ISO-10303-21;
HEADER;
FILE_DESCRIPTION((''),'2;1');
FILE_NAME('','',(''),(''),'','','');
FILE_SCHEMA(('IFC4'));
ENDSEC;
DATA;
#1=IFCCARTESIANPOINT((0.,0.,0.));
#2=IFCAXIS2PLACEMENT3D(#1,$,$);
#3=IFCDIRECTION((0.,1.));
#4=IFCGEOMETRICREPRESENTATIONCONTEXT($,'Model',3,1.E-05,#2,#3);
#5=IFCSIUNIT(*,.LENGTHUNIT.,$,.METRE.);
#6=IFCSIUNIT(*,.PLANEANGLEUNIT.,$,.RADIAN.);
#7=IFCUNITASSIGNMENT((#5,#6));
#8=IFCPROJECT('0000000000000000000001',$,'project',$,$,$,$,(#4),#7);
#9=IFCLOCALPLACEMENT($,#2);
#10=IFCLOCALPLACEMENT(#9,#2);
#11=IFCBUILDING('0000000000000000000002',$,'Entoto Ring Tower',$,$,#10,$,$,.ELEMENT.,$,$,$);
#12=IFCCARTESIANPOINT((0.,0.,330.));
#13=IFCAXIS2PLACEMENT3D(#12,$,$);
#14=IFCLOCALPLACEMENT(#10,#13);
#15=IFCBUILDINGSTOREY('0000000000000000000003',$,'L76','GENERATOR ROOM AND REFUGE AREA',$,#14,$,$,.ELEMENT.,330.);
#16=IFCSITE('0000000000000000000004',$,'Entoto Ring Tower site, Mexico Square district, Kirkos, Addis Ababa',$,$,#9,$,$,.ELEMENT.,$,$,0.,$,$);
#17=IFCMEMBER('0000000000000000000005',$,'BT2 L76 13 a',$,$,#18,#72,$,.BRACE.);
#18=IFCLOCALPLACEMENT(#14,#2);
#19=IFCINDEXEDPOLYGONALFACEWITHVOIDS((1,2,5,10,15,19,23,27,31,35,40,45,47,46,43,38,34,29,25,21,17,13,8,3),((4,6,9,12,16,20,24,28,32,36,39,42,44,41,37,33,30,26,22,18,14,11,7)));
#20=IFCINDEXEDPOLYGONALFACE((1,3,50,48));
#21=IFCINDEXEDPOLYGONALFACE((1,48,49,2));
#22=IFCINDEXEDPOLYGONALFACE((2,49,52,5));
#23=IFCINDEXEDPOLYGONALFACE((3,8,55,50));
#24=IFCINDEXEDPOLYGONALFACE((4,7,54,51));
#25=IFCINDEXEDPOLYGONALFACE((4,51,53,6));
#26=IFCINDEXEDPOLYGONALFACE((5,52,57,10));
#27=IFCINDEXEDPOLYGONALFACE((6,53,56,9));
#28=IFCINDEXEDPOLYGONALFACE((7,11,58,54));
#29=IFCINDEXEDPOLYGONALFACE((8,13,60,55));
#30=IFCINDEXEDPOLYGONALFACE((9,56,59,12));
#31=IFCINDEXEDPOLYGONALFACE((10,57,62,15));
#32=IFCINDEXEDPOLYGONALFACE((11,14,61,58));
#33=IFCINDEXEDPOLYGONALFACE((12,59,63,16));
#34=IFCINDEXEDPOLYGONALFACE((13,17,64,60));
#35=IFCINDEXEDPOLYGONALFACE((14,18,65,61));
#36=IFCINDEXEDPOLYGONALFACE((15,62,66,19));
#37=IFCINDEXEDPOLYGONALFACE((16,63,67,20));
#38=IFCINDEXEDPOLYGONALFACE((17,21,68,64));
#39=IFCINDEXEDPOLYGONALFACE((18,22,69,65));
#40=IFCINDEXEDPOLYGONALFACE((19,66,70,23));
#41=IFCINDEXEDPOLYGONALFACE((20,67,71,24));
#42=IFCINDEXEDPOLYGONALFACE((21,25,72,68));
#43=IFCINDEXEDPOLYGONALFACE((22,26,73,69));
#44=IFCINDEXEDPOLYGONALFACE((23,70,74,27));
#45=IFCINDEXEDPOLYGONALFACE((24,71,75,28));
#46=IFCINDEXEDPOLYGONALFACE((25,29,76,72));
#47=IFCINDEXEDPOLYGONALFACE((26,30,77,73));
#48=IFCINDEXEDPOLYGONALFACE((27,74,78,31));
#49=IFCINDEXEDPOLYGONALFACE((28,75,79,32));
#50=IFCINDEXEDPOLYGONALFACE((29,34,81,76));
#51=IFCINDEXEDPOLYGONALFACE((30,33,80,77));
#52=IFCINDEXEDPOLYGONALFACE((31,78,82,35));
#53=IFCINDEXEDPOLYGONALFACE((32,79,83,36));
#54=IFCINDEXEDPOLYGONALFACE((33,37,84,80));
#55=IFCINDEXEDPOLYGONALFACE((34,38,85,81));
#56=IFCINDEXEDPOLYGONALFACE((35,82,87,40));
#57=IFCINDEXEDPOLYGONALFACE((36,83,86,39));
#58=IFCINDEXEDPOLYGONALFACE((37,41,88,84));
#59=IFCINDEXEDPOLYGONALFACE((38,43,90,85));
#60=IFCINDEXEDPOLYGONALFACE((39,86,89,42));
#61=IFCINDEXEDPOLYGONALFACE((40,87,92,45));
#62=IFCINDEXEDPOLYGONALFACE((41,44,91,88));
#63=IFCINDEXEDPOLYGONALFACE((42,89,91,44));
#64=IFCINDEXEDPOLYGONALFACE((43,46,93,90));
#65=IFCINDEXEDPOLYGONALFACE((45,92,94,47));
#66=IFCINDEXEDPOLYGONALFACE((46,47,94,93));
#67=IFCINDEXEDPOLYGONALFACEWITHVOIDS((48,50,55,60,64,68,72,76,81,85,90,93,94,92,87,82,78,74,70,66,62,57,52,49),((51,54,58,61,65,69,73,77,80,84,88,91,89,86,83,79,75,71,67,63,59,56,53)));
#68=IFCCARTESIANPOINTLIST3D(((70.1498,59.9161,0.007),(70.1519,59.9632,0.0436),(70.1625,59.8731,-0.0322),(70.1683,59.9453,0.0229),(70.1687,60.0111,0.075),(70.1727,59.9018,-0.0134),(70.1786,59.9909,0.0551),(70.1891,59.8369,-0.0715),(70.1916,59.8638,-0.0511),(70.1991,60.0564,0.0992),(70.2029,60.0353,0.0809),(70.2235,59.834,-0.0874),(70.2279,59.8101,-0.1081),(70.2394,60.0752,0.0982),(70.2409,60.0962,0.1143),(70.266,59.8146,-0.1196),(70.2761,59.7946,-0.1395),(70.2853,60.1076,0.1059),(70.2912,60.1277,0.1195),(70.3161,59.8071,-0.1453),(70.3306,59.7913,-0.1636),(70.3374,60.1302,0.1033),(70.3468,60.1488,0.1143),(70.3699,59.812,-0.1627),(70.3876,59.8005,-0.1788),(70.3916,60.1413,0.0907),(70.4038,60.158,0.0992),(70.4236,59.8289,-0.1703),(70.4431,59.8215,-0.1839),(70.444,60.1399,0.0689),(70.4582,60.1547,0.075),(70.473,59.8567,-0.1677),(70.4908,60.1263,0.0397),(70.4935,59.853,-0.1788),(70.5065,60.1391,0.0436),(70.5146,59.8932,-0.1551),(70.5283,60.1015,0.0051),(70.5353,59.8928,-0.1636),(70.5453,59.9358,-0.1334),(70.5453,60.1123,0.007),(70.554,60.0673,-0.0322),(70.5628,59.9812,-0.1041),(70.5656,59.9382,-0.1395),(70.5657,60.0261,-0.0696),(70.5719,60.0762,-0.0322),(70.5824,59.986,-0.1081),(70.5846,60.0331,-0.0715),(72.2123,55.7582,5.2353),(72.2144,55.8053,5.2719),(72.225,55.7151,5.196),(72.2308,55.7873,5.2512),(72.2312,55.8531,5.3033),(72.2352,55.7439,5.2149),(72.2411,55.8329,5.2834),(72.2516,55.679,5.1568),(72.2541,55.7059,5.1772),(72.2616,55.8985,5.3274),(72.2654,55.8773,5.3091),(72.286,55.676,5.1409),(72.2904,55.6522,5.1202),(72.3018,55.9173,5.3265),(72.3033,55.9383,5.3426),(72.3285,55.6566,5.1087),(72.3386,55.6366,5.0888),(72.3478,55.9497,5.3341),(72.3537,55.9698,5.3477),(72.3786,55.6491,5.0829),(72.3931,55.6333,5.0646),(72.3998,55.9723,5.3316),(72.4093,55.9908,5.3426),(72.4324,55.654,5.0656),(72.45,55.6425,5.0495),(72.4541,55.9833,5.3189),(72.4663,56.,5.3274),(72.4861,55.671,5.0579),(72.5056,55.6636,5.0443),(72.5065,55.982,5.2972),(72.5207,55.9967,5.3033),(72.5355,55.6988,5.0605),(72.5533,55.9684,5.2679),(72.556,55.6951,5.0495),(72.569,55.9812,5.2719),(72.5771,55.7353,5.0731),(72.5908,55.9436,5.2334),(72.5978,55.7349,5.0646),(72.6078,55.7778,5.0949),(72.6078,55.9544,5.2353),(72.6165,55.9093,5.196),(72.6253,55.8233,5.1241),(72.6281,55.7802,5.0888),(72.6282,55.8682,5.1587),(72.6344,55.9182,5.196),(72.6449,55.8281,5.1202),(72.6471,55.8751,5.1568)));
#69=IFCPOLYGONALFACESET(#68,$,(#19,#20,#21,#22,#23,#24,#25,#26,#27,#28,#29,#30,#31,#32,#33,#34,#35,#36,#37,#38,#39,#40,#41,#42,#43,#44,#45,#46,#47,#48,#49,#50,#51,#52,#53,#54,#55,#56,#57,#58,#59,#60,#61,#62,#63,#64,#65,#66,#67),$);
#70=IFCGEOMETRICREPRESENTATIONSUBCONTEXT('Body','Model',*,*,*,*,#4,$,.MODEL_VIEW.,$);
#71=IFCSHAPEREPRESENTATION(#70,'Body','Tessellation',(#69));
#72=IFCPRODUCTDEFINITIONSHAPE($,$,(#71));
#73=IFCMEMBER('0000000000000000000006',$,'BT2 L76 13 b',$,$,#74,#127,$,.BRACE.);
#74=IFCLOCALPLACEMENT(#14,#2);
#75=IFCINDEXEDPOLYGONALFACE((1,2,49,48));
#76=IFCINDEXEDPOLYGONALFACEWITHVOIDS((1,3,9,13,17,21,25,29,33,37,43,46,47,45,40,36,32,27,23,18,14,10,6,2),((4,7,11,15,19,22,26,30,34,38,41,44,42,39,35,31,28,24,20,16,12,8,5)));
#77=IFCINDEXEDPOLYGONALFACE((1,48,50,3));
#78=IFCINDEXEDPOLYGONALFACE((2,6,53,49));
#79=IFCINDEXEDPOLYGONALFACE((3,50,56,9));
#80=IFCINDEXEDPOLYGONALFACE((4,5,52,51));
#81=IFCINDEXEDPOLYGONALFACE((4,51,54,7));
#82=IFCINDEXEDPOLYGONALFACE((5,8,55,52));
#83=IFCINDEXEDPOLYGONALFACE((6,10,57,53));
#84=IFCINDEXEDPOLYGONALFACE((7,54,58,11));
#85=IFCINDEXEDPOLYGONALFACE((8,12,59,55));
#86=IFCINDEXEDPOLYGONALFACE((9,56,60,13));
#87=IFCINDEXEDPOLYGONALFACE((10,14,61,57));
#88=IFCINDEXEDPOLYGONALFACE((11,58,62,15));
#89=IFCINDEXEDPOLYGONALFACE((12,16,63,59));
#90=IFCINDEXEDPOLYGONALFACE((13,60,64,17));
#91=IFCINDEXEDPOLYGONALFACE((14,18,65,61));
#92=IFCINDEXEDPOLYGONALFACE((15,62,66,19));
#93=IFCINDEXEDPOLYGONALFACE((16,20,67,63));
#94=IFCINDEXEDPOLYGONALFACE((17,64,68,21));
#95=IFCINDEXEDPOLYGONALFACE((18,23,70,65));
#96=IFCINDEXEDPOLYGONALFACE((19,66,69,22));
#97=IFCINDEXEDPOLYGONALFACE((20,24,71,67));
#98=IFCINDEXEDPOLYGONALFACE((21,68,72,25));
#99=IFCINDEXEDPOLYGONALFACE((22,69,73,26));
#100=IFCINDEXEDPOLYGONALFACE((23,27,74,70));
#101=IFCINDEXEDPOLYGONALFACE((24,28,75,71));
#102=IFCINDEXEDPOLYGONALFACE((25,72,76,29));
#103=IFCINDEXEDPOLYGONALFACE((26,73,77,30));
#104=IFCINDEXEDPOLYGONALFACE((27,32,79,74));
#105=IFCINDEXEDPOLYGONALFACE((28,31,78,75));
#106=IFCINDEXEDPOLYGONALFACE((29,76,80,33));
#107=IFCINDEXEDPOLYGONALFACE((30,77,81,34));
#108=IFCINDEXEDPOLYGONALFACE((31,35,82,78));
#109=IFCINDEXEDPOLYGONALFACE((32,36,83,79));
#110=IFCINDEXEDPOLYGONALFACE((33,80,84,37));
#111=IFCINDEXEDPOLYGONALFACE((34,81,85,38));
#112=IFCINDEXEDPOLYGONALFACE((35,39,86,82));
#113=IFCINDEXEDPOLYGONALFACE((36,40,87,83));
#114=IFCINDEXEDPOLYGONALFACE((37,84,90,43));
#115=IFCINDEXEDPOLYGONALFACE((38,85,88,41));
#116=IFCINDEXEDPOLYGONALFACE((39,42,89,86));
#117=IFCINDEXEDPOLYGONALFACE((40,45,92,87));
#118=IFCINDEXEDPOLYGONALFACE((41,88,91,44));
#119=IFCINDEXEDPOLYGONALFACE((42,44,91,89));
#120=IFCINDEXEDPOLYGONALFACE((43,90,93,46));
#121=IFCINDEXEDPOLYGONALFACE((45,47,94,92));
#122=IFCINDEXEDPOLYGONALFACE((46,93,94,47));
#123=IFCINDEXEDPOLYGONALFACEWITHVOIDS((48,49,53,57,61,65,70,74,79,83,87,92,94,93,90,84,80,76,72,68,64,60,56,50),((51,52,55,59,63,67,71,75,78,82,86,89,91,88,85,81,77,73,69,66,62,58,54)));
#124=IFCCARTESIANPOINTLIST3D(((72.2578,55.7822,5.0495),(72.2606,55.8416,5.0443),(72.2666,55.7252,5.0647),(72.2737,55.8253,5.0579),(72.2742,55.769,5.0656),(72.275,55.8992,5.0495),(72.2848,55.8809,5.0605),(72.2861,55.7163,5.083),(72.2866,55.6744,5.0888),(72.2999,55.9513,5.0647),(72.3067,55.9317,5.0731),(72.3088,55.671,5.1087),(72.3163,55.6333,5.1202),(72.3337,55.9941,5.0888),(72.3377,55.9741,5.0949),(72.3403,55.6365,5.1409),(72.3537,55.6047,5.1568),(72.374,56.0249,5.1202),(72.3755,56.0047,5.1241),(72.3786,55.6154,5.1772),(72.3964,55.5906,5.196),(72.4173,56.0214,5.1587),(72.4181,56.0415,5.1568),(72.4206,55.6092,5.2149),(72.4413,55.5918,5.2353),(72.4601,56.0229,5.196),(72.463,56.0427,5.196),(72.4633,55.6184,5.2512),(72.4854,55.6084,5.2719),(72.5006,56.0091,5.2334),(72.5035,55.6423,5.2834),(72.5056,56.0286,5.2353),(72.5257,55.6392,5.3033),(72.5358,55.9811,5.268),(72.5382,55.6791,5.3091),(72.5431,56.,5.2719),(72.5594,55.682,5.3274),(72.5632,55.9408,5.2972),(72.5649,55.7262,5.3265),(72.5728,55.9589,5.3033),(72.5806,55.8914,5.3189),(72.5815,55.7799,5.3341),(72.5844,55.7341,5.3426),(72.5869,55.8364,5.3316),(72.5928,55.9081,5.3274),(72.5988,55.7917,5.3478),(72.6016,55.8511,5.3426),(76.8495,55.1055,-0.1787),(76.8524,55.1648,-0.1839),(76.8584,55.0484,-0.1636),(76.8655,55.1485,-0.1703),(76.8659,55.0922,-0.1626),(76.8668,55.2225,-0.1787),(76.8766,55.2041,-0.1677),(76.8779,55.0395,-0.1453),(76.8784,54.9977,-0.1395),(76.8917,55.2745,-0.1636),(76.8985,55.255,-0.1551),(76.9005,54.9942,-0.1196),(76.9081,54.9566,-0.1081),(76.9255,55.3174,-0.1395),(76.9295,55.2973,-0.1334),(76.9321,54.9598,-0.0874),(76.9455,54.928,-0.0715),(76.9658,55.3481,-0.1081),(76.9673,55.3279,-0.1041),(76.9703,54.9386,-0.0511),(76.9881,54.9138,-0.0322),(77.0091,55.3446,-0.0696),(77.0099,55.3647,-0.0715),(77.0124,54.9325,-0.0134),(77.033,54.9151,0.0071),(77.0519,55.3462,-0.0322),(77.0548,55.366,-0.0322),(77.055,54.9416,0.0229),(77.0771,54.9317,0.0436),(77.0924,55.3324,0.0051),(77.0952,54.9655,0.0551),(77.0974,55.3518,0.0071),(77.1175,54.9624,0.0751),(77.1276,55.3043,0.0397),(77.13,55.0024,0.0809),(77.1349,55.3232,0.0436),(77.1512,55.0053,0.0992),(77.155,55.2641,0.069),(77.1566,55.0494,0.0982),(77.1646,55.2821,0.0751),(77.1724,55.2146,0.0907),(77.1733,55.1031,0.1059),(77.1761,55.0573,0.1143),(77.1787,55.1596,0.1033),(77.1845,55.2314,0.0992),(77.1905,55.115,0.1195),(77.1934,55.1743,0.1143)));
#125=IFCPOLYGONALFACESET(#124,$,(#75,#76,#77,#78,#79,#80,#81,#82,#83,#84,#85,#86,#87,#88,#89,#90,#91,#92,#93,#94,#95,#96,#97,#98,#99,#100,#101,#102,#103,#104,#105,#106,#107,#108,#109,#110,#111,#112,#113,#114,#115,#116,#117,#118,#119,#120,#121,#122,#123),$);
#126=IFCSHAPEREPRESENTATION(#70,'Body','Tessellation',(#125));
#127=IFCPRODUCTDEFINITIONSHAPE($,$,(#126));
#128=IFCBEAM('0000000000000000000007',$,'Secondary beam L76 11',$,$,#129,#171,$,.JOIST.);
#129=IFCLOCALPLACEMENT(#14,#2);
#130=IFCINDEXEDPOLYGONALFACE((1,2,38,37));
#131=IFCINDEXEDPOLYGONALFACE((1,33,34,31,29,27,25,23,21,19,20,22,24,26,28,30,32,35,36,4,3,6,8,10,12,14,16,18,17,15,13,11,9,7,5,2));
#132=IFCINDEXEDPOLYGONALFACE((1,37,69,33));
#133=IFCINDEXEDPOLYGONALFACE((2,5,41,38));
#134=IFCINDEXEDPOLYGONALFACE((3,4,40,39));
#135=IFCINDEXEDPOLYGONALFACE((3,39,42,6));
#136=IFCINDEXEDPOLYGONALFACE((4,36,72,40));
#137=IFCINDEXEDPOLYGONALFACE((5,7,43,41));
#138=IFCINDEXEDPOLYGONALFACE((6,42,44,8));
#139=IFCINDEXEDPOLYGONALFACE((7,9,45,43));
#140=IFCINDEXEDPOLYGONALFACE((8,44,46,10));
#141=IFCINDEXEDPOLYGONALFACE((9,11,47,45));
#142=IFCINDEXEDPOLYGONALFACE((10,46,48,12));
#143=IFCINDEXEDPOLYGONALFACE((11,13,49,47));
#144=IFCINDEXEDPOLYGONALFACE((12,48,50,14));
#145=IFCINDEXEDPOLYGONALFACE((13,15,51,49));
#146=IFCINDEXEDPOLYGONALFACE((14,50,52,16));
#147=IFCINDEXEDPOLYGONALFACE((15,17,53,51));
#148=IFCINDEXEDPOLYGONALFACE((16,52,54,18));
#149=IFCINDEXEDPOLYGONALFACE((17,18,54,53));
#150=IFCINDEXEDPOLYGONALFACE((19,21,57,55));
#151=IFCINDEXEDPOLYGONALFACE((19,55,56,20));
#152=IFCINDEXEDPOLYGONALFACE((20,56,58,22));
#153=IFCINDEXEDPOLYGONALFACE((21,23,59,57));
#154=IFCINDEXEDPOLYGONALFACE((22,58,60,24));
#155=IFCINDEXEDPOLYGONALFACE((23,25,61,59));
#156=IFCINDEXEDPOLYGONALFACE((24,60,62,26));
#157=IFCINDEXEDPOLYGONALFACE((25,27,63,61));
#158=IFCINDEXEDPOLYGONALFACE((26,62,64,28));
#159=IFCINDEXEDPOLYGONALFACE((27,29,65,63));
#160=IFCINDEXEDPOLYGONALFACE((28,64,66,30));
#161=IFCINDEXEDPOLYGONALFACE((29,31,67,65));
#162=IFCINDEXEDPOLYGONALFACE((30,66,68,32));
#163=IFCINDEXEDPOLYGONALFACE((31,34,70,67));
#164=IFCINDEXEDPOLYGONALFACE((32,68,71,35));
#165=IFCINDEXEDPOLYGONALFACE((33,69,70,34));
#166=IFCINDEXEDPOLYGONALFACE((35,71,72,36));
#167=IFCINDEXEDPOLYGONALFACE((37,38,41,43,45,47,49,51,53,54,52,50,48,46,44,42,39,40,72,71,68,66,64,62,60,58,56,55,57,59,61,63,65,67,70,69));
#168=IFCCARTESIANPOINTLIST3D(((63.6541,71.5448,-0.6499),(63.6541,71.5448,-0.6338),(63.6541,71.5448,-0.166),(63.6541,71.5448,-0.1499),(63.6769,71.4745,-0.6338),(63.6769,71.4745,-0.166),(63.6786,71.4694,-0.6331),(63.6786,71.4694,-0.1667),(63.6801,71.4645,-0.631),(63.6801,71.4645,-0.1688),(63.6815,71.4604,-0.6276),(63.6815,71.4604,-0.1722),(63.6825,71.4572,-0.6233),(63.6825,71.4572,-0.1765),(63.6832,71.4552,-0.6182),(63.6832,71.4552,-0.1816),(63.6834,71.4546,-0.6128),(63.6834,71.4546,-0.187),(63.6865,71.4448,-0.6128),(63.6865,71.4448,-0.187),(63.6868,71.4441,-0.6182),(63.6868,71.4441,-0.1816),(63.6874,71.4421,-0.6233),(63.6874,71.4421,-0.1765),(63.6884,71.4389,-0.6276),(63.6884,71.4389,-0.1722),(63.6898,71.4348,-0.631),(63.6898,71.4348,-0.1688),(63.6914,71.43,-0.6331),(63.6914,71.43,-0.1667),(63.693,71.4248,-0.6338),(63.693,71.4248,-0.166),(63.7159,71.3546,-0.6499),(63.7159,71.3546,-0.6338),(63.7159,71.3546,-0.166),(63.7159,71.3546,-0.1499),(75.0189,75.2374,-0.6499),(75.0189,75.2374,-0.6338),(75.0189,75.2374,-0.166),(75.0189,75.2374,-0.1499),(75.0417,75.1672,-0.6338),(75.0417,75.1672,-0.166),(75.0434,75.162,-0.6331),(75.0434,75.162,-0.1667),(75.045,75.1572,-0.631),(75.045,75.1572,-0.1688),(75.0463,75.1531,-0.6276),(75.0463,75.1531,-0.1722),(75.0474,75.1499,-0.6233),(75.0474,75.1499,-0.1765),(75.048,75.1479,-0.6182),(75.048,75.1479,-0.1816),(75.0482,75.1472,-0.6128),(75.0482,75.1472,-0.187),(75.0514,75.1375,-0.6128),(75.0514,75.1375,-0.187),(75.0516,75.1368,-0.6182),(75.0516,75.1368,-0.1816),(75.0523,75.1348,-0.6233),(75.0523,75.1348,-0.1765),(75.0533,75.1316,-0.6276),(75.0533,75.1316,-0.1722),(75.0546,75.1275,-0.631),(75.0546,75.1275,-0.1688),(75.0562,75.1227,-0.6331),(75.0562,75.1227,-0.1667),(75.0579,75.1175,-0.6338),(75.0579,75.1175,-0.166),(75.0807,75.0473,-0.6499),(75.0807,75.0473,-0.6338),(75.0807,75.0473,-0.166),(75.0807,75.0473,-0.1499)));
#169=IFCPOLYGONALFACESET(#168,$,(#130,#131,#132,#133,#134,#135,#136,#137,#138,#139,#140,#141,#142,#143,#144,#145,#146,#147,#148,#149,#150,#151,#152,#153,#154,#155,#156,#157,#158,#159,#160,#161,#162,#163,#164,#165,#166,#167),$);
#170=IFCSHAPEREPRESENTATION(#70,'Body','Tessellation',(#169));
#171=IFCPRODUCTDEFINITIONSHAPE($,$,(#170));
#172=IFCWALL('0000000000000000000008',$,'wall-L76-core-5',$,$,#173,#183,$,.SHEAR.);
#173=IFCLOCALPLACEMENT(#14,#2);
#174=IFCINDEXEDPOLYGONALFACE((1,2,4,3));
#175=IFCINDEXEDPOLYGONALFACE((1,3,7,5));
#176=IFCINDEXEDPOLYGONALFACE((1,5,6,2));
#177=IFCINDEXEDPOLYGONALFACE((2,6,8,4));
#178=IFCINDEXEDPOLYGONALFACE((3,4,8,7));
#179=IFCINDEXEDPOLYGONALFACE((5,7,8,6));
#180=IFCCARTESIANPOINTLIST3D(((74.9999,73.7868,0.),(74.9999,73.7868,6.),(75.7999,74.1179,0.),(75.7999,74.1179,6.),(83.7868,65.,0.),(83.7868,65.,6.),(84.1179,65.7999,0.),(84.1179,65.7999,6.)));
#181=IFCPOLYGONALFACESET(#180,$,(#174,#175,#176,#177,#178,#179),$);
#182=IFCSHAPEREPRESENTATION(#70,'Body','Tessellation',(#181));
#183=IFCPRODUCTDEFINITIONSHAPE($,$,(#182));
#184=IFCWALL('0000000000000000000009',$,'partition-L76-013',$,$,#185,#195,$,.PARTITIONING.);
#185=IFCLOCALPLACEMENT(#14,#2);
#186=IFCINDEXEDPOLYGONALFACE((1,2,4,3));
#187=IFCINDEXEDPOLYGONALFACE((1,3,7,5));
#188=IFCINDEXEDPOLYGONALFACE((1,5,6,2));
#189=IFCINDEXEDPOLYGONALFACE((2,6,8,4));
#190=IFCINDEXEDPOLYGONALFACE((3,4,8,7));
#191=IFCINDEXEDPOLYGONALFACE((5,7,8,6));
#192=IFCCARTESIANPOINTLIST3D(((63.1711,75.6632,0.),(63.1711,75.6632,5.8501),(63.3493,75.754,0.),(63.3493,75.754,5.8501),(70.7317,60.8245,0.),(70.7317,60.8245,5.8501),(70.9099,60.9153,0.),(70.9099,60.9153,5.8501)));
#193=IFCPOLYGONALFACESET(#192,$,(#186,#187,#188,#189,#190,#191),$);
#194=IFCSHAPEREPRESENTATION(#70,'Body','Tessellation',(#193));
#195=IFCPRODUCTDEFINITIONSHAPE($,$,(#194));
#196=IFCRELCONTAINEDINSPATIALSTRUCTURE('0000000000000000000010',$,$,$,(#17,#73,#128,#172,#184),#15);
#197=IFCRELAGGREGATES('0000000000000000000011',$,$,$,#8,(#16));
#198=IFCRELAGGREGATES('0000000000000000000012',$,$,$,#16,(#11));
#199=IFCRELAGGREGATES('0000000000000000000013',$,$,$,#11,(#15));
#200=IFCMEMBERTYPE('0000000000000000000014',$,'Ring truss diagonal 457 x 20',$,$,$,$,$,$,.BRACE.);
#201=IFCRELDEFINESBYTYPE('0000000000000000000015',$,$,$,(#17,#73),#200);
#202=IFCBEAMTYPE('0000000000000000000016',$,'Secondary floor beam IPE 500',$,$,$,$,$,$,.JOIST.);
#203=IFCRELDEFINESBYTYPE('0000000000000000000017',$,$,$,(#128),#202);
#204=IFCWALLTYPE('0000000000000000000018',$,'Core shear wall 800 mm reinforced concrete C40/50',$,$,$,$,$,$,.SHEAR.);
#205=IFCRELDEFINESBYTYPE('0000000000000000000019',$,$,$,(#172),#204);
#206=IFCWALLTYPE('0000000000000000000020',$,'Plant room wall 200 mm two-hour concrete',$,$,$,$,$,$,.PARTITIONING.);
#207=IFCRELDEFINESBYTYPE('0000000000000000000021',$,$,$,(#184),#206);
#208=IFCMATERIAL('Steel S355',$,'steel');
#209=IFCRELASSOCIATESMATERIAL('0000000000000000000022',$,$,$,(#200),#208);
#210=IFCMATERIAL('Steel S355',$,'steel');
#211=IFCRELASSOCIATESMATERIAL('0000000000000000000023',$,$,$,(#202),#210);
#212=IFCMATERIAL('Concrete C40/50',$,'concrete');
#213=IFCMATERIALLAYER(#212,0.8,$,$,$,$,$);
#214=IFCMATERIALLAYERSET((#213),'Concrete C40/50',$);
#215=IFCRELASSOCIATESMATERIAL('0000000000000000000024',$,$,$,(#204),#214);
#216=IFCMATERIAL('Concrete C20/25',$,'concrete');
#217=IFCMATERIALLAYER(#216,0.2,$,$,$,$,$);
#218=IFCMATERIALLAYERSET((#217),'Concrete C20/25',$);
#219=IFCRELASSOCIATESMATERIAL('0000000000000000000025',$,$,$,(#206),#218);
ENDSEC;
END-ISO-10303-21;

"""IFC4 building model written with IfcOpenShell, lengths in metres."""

from ifc_helpers import new_model, si_unit, direction, frame, frame_2d, origin, origin_2d, place, context, subcontext, project, spatial, polyline, rectangle, circle, hollow_circle, i_section, outline, extrude, material, layer, layer_set, material_profile, profile_set, type_object, element, save


model = new_model("IFC4")

# Units and contexts
model_context = context("Model", 3, precision=1e-05, world=origin(), true_north=direction((0.0, 1.0)))
body_context = subcontext(model_context, "Body", "Model", "MODEL_VIEW")
ifc_project = project(units=[si_unit("LENGTHUNIT", "METRE"), si_unit("PLANEANGLEUNIT", "RADIAN")], contexts=[model_context])

# Site, building, storey
site_placement = place(None, origin())
site = spatial("IfcSite", under=ifc_project, at=site_placement, Name="Entoto Ring Tower site, Mexico Square district, Kirkos, Addis Ababa", CompositionType="ELEMENT", RefElevation=0.0)
building_placement = place(site_placement, origin())
building = spatial("IfcBuilding", under=site, at=building_placement, Name="Entoto Ring Tower", CompositionType="ELEMENT")
storey_placement = place(building_placement, frame((0.0, 0.0, 330.0)))
storey = spatial("IfcBuildingStorey", under=building, at=storey_placement, Name="L76", Description="GENERATOR ROOM AND REFUGE AREA", CompositionType="ELEMENT", Elevation=330.0)

# Members
ifc_material_1 = material(Name="Steel S355", Category="steel")
ifc_material_profile_1 = material_profile(ifc_material_1, hollow_circle(Radius=0.2285, WallThickness=0.02, at=origin_2d()), Name="CHS 457 x 20")
ifc_material_2 = material(Name="Concrete C60/75", Category="concrete")
ifc_material_profile_2 = material_profile(ifc_material_2, circle(Radius=0.2085, at=origin_2d()), Name="Concrete C60/75 infill")
ifc_profile_set_1 = profile_set([ifc_material_profile_1, ifc_material_profile_2], Name="Steel S355")
member_type_1 = type_object("IfcMemberType", Name="Ring truss diagonal 457 x 20", PredefinedType="BRACE", material=ifc_profile_set_1)
for number, where, z_axis, x_axis, name in (
    (1, (70.3672, 59.9746, -0.0322), (0.295012, -0.594739, 0.747832), (0.895843, 0.444371, 0.0), "BT2 L76 13 a"),
    (2, (72.4297, 55.8167, 5.196), (0.656793, -0.096801, -0.747832), (0.145809, 0.989313, 0.0), "BT2 L76 13 b"),
):
    element("IfcMember", number, at=place(storey_placement, frame(where, z_axis=z_axis, x_axis=x_axis)), inside=storey, type_object=member_type_1, Name=name, PredefinedType="BRACE", context=body_context, shape_type="SweptSolid", body=[
        extrude(hollow_circle(Radius=0.2285, WallThickness=0.02, at=origin_2d()), origin(), (0.0, 0.0, 1.0), 6.9912),
    ])

# Beam
ifc_material_3 = material(Name="Steel S355", Category="steel")
ifc_material_profile_3 = material_profile(ifc_material_3, i_section(OverallWidth=0.2, OverallDepth=0.5, WebThickness=0.0103, FlangeThickness=0.0161, FilletRadius=0.021, at=origin_2d()), Name="IPE 500")
ifc_profile_set_2 = profile_set([ifc_material_profile_3], Name="Steel S355")
beam_type_1 = type_object("IfcBeamType", Name="Secondary floor beam IPE 500", PredefinedType="JOIST", material=ifc_profile_set_2)
beam_1_placement = place(storey_placement, frame((75.0498, 75.1423, -0.3999), z_axis=(-0.951057, -0.309017, 0.0), x_axis=(0.309017, -0.951057, 0.0)))
element("IfcBeam", 3, at=beam_1_placement, inside=storey, type_object=beam_type_1, Name="Secondary beam L76 11", PredefinedType="JOIST", context=body_context, shape_type="SweptSolid", body=[
    extrude(i_section(OverallWidth=0.2, OverallDepth=0.5, WebThickness=0.0103, FlangeThickness=0.0161, FilletRadius=0.021, at=origin_2d()), origin(), (0.0, 0.0, 1.0), 11.9497),
])

# Walls
ifc_material_4 = material(Name="Concrete C40/50", Category="concrete")
ifc_layer_1 = layer(ifc_material_4, 0.8)
ifc_layer_set_1 = layer_set([ifc_layer_1], Name="Concrete C40/50")
wall_type_1 = type_object("IfcWallType", Name="Core shear wall 800 mm reinforced concrete C40/50", PredefinedType="SHEAR", material=ifc_layer_set_1)
wall_1_placement = place(storey_placement, frame((75.3999, 73.9524, 0.0), z_axis=(0.0, 0.0, 1.0), x_axis=(0.707107, -0.707107, 0.0)))
element("IfcWall", 4, at=wall_1_placement, inside=storey, type_object=wall_type_1, Name="wall-L76-core-5", PredefinedType="SHEAR", context=body_context, shape_type="SweptSolid", body=[
    extrude(outline(polyline([(-0.1658, -0.3999), (12.2607, -0.3999), (11.9292, 0.3999), (0.1658, 0.3999), (-0.1658, -0.3999)])), origin(), (0.0, 0.0, 1.0), 6.0),
])
ifc_material_5 = material(Name="Concrete C20/25", Category="concrete")
ifc_layer_2 = layer(ifc_material_5, 0.2)
ifc_layer_set_2 = layer_set([ifc_layer_2], Name="Concrete C20/25")
wall_type_2 = type_object("IfcWallType", Name="Plant room wall 200 mm two-hour concrete", PredefinedType="PARTITIONING", material=ifc_layer_set_2)
wall_2_placement = place(storey_placement, frame((70.8208, 60.8699, 0.0), z_axis=(0.0, 0.0, 1.0), x_axis=(-0.453985, 0.891009, 0.0)))
element("IfcWall", 5, at=wall_2_placement, inside=storey, type_object=wall_type_2, Name="partition-L76-013", PredefinedType="PARTITIONING", context=body_context, shape_type="SweptSolid", body=[
    extrude(rectangle(XDim=16.6538, YDim=0.2, at=frame_2d((8.3269, 0.0))), origin(), (0.0, 0.0, 1.0), 5.8501),
])

save(model, "model.ifc")
